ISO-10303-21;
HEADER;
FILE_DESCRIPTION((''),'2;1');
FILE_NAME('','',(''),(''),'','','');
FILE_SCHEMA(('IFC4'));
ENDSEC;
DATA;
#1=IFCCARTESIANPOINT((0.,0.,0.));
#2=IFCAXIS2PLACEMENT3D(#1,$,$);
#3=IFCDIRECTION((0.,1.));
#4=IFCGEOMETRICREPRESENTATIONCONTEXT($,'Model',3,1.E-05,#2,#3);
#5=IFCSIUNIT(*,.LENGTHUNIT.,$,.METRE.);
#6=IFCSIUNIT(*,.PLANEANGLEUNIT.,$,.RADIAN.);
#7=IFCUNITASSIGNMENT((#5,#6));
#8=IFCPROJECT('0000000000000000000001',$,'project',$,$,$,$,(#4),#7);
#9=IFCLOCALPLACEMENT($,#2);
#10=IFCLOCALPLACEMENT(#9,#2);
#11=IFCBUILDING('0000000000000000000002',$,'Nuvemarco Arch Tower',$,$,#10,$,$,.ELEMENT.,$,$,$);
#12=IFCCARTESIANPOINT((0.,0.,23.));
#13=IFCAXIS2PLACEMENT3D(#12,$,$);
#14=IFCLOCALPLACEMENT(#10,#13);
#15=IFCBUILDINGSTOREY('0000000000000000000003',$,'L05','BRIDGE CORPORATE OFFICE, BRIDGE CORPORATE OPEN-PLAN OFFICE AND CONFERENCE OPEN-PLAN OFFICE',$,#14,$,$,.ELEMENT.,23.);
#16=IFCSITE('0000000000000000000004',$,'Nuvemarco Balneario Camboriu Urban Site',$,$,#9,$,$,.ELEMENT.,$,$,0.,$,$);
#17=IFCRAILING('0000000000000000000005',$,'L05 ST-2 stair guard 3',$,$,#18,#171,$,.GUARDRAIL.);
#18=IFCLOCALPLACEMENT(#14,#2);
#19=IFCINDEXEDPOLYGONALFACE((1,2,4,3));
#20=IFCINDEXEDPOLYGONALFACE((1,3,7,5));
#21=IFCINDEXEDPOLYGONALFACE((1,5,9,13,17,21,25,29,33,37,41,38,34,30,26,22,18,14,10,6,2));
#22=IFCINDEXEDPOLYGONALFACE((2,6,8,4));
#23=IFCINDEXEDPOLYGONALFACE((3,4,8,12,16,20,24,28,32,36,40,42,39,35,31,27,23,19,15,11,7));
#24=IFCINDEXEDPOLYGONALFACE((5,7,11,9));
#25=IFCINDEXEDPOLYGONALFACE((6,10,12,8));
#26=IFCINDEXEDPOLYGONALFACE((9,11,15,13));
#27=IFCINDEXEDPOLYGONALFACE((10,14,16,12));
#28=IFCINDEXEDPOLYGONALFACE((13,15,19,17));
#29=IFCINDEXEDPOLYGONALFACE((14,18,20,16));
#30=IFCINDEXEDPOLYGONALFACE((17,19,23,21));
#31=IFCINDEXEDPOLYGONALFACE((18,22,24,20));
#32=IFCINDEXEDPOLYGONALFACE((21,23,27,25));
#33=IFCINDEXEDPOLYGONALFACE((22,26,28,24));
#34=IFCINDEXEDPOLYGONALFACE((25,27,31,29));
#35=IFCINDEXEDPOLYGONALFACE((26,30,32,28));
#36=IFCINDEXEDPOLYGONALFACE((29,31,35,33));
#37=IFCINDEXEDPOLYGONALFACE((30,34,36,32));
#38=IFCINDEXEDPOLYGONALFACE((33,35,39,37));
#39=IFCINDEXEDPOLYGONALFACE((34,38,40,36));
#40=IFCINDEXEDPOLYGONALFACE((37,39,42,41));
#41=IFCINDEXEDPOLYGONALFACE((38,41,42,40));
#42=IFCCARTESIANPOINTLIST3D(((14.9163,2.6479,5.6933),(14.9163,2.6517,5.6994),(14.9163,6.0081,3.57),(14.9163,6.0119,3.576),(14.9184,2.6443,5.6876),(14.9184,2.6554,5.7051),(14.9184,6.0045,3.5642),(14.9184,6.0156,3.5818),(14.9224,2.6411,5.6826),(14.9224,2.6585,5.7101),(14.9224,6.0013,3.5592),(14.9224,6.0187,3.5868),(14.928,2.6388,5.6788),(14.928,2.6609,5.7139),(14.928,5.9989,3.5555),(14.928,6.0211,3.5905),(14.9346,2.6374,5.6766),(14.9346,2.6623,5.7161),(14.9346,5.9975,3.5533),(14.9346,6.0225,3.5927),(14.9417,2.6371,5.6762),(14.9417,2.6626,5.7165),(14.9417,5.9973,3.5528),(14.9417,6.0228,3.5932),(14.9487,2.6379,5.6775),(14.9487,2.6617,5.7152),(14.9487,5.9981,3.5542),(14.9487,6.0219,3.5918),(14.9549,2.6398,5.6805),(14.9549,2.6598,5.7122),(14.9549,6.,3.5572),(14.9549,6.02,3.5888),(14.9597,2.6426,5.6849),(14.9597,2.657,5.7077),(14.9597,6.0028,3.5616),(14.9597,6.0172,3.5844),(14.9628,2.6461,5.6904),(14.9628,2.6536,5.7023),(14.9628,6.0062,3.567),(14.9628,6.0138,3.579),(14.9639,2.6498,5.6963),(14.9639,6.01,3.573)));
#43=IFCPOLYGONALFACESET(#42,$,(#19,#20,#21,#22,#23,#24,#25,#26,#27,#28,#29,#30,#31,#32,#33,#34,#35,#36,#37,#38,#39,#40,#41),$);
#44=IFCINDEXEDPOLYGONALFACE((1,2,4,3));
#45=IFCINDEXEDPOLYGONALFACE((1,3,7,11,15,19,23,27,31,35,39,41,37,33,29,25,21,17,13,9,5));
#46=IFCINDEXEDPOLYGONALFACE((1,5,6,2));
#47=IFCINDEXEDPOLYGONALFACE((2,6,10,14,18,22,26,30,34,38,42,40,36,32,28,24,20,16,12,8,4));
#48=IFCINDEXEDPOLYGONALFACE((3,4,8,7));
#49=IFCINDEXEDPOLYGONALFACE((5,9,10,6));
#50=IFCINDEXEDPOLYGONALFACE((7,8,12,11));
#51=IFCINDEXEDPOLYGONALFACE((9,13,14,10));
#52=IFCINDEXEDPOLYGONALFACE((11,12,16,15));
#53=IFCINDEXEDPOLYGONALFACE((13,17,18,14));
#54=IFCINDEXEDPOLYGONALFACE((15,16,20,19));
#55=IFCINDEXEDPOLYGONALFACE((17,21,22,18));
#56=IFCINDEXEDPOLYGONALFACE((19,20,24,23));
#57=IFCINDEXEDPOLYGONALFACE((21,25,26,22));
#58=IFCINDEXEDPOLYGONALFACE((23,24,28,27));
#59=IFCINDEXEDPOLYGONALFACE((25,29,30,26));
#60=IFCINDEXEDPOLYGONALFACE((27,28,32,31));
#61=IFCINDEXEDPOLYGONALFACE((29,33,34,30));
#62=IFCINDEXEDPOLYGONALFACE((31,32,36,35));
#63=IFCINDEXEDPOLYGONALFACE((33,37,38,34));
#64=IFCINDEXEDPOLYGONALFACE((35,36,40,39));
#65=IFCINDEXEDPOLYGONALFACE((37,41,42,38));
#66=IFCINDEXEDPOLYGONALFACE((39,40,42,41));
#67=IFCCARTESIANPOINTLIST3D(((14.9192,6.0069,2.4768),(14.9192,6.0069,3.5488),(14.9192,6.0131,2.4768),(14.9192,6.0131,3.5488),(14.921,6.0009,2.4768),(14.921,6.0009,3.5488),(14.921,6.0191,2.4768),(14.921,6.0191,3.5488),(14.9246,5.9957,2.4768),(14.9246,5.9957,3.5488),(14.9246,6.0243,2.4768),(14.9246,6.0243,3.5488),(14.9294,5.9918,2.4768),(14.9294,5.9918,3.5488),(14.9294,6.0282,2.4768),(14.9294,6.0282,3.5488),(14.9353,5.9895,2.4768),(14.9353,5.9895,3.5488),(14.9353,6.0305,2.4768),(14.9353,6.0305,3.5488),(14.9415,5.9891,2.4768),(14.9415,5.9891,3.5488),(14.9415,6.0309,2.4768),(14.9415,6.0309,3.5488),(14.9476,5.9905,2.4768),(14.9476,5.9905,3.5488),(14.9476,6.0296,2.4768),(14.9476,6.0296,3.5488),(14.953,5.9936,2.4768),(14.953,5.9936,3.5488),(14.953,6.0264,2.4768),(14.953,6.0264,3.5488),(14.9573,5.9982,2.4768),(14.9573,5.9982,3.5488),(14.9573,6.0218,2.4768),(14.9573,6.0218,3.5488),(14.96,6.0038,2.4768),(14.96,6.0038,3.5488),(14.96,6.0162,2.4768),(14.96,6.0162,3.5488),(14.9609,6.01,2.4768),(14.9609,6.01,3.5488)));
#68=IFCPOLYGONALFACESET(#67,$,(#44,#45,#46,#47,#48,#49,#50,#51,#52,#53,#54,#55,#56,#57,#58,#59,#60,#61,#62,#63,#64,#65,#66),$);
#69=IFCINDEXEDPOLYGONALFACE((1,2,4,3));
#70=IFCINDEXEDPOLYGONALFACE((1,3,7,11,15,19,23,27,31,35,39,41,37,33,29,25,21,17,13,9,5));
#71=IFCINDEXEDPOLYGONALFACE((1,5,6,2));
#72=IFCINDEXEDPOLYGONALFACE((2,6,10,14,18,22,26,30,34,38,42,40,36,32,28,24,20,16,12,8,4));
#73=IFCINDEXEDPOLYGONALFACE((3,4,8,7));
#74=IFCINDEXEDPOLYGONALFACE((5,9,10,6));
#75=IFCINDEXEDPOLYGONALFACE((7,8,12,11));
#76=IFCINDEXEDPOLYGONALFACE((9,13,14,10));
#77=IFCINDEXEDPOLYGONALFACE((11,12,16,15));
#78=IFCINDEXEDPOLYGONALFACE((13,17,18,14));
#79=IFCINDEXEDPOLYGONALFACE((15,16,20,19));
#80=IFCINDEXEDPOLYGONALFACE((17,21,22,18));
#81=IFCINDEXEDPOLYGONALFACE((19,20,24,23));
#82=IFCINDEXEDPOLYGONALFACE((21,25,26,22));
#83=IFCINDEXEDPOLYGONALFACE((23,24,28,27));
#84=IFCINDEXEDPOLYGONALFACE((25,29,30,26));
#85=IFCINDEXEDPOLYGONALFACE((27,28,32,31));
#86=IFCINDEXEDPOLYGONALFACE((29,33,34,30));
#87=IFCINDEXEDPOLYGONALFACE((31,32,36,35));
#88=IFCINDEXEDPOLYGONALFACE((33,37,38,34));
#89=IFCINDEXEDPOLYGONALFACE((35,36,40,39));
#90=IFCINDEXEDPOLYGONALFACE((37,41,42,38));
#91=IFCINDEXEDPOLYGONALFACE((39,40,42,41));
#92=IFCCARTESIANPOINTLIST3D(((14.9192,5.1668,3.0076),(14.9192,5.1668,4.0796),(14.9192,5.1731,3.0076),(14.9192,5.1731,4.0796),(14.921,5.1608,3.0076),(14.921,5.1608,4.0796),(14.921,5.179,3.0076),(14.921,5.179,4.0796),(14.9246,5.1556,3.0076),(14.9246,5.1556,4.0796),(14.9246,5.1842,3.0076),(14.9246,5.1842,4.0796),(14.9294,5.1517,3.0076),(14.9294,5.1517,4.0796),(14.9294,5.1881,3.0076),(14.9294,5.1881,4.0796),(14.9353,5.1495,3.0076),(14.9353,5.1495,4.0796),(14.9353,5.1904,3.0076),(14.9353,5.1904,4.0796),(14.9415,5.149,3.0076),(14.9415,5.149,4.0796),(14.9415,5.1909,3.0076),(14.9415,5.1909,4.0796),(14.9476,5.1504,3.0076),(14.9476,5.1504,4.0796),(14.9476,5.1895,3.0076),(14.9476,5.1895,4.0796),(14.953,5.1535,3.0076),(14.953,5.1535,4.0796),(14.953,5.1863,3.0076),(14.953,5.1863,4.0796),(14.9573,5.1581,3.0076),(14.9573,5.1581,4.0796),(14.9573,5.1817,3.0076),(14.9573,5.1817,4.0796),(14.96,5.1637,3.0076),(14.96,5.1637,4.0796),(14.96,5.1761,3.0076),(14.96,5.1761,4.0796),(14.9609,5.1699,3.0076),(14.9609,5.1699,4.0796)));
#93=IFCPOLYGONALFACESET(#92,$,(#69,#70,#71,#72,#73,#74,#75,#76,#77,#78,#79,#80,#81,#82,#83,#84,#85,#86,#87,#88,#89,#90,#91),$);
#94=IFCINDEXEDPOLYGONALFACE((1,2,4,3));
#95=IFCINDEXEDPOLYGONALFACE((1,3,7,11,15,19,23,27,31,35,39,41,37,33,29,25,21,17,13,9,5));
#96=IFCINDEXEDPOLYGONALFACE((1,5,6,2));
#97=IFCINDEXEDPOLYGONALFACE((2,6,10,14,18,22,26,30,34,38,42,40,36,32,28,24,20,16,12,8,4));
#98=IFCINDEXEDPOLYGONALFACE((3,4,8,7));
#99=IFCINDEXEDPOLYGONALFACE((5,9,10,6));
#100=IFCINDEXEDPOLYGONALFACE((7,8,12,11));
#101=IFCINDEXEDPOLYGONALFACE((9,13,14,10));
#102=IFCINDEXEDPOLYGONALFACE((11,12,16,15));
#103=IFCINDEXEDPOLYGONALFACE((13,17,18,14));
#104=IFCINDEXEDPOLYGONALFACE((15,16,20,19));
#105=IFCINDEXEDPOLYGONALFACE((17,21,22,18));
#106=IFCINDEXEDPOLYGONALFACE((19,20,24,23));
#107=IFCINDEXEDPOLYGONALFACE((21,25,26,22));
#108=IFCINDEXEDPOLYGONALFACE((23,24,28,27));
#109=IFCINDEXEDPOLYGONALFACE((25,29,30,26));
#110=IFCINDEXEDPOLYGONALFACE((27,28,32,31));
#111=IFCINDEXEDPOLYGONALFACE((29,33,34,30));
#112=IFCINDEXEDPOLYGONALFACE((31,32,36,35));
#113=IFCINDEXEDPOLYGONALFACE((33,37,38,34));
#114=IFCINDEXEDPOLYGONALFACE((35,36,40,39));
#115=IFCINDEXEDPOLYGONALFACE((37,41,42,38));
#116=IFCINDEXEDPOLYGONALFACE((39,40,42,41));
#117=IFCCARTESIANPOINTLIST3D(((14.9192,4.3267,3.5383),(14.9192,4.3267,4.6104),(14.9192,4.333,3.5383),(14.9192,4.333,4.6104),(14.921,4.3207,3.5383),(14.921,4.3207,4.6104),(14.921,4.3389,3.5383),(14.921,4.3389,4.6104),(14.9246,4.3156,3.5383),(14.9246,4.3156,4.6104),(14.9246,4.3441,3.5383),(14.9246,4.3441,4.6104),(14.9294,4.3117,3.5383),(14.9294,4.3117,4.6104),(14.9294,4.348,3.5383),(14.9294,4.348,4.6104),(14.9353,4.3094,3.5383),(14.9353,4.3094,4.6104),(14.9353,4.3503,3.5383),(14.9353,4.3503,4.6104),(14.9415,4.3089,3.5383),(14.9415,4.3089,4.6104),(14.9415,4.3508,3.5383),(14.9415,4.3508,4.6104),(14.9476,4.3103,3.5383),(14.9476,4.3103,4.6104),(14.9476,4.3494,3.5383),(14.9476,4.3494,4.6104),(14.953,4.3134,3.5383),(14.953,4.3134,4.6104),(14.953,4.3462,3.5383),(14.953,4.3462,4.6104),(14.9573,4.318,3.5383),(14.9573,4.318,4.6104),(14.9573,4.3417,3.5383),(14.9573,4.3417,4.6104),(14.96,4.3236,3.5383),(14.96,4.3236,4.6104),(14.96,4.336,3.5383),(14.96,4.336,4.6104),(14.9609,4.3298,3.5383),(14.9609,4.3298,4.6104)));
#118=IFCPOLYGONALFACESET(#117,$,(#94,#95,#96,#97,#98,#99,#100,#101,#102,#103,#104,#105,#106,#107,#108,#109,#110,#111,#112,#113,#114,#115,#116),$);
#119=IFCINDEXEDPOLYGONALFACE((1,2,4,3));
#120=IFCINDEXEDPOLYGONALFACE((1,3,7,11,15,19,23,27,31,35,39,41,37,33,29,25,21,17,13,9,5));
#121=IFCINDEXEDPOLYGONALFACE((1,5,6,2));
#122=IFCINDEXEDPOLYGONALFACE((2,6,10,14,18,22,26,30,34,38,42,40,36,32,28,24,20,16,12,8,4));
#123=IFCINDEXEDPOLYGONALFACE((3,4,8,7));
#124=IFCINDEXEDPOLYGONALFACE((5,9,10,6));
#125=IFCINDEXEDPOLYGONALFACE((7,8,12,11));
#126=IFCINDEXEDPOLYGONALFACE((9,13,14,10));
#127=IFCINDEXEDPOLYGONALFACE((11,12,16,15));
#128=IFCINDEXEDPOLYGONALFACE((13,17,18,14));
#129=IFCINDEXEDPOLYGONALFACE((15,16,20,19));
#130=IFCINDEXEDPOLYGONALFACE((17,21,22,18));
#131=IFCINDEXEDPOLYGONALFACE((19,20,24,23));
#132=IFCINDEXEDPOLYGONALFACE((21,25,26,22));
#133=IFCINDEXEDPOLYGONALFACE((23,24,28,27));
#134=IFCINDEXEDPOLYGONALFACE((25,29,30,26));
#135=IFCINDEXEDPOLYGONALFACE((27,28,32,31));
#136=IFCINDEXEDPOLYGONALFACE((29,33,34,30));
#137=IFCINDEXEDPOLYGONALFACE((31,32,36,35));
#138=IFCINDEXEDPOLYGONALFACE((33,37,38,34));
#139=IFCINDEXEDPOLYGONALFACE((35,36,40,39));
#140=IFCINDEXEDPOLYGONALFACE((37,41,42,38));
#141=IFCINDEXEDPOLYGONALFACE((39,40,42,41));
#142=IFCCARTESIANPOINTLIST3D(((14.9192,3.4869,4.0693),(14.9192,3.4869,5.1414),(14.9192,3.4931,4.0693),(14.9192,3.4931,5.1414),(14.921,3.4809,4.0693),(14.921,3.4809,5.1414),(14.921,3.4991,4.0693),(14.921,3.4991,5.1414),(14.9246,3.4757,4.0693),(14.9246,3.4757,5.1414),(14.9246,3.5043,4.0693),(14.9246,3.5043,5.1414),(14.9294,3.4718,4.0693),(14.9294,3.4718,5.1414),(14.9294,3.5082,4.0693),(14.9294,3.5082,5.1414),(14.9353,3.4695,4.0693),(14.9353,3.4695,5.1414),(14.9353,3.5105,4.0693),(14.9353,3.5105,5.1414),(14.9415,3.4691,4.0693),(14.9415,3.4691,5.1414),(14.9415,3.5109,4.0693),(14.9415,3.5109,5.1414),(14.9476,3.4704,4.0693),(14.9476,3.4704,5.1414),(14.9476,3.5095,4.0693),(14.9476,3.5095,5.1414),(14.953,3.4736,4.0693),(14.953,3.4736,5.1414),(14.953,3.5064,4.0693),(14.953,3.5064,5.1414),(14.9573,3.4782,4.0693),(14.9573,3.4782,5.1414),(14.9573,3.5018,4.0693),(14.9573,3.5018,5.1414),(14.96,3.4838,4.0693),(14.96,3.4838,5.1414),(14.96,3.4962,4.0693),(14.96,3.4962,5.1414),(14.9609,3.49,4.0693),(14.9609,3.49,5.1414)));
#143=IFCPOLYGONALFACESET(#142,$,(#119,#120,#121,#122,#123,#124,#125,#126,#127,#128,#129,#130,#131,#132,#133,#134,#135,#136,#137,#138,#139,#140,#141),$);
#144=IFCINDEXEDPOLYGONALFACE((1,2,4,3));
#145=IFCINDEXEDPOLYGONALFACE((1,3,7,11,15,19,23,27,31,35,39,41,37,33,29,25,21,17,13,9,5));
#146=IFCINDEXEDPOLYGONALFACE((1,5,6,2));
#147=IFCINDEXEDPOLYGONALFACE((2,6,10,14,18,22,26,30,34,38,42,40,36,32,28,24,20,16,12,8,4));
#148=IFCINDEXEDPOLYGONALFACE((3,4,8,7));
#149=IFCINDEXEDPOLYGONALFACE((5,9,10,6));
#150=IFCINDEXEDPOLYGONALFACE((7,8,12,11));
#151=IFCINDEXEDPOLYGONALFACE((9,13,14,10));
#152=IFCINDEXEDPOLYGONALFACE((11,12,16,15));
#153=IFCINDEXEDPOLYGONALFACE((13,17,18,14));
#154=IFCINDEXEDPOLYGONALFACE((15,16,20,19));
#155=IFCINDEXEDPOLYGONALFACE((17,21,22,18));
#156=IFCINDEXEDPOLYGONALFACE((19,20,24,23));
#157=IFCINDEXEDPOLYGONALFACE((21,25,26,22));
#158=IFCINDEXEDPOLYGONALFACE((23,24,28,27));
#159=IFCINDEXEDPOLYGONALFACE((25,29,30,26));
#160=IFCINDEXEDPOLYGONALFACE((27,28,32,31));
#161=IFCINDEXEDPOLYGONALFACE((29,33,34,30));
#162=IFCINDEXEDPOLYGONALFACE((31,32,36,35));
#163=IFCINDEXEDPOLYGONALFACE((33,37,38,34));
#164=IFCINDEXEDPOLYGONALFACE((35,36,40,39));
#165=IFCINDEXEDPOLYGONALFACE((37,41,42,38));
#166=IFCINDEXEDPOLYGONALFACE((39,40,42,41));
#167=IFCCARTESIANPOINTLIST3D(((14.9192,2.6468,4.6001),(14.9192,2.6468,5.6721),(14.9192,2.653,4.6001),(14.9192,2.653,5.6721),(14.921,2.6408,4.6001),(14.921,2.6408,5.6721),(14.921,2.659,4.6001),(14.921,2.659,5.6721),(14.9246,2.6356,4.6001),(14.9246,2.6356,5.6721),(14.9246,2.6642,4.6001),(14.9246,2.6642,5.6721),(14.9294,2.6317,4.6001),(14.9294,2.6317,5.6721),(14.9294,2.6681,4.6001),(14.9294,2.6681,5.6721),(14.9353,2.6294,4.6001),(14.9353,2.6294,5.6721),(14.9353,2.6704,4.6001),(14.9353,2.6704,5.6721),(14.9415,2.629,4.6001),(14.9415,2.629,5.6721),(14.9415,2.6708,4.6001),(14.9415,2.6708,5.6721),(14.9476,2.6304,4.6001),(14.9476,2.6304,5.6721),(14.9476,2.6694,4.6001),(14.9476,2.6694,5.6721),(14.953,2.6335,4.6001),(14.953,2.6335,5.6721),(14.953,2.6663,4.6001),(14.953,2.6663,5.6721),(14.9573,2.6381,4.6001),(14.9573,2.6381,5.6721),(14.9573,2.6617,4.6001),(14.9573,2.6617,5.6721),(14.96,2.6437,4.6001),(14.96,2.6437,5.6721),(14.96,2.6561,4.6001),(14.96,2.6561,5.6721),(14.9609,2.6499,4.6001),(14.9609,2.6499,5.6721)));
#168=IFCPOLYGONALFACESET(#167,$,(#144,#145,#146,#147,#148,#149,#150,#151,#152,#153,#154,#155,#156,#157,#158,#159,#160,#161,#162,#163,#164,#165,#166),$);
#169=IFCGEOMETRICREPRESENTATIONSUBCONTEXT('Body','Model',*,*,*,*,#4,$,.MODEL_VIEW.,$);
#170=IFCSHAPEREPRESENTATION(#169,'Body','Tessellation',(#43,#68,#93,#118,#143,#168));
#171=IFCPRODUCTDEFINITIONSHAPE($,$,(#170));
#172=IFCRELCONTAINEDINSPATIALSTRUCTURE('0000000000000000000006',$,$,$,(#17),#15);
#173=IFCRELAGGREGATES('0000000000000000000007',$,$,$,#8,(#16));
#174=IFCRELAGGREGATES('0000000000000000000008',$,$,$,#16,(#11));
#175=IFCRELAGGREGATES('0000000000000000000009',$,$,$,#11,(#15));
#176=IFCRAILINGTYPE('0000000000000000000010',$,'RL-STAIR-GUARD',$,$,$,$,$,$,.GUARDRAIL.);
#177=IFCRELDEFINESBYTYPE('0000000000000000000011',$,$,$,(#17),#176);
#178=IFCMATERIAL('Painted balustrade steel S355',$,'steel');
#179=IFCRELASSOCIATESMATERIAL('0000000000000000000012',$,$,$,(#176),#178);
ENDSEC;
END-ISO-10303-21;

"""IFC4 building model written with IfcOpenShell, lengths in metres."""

from ifc_helpers import new_model, si_unit, direction, frame, origin, origin_2d, place, context, subcontext, project, spatial, circle, extrude, material, type_object, element, save


model = new_model("IFC4")

# Units and contexts
model_context = context("Model", 3, precision=1e-05, world=origin(), true_north=direction((0.0, 1.0)))
body_context = subcontext(model_context, "Body", "Model", "MODEL_VIEW")
ifc_project = project(units=[si_unit("LENGTHUNIT", "METRE"), si_unit("PLANEANGLEUNIT", "RADIAN")], contexts=[model_context])

# Site, building, storey
site_placement = place(None, origin())
site = spatial("IfcSite", under=ifc_project, at=site_placement, Name="Nuvemarco Balneario Camboriu Urban Site", CompositionType="ELEMENT", RefElevation=0.0)
building_placement = place(site_placement, origin())
building = spatial("IfcBuilding", under=site, at=building_placement, Name="Nuvemarco Arch Tower", CompositionType="ELEMENT")
storey_placement = place(building_placement, frame((0.0, 0.0, 23.0)))
storey = spatial("IfcBuildingStorey", under=building, at=storey_placement, Name="L05", Description="BRIDGE CORPORATE OFFICE, BRIDGE CORPORATE OPEN-PLAN OFFICE AND CONFERENCE OPEN-PLAN OFFICE", CompositionType="ELEMENT", Elevation=23.0)

# Railing
ifc_material_1 = material(Name="Painted balustrade steel S355", Category="steel")
railing_type_1 = type_object("IfcRailingType", Name="RL-STAIR-GUARD", PredefinedType="GUARDRAIL", material=ifc_material_1)
railing_1_placement = place(storey_placement, frame((14.9399, 6.01, 2.4768)))
element("IfcRailing", 1, at=railing_1_placement, inside=storey, type_object=railing_type_1, Name="L05 ST-2 stair guard 3", PredefinedType="GUARDRAIL", context=body_context, shape_type="SweptSolid", body=[
    extrude(circle(Radius=0.0239, at=origin_2d()), frame((0.0, 0.0, 1.0962), z_axis=(0.0, -0.845362, 0.534194), x_axis=(1.0, 0.0, 0.0)), (0.0, 0.0, 1.0), 3.9749),
    extrude(circle(Radius=0.021, at=origin_2d()), origin(), (0.0, 0.0, 1.0), 1.072),
    extrude(circle(Radius=0.021, at=origin_2d()), frame((0.0, -0.8401, 0.5308)), (0.0, 0.0, 1.0), 1.072),
    extrude(circle(Radius=0.021, at=origin_2d()), frame((0.0, -1.6802, 1.0615)), (0.0, 0.0, 1.0), 1.072),
    extrude(circle(Radius=0.021, at=origin_2d()), frame((0.0, -2.52, 1.5925)), (0.0, 0.0, 1.0), 1.072),
    extrude(circle(Radius=0.021, at=origin_2d()), frame((0.0, -3.3601, 2.1233)), (0.0, 0.0, 1.0), 1.072),
])

save(model, "model.ifc")
